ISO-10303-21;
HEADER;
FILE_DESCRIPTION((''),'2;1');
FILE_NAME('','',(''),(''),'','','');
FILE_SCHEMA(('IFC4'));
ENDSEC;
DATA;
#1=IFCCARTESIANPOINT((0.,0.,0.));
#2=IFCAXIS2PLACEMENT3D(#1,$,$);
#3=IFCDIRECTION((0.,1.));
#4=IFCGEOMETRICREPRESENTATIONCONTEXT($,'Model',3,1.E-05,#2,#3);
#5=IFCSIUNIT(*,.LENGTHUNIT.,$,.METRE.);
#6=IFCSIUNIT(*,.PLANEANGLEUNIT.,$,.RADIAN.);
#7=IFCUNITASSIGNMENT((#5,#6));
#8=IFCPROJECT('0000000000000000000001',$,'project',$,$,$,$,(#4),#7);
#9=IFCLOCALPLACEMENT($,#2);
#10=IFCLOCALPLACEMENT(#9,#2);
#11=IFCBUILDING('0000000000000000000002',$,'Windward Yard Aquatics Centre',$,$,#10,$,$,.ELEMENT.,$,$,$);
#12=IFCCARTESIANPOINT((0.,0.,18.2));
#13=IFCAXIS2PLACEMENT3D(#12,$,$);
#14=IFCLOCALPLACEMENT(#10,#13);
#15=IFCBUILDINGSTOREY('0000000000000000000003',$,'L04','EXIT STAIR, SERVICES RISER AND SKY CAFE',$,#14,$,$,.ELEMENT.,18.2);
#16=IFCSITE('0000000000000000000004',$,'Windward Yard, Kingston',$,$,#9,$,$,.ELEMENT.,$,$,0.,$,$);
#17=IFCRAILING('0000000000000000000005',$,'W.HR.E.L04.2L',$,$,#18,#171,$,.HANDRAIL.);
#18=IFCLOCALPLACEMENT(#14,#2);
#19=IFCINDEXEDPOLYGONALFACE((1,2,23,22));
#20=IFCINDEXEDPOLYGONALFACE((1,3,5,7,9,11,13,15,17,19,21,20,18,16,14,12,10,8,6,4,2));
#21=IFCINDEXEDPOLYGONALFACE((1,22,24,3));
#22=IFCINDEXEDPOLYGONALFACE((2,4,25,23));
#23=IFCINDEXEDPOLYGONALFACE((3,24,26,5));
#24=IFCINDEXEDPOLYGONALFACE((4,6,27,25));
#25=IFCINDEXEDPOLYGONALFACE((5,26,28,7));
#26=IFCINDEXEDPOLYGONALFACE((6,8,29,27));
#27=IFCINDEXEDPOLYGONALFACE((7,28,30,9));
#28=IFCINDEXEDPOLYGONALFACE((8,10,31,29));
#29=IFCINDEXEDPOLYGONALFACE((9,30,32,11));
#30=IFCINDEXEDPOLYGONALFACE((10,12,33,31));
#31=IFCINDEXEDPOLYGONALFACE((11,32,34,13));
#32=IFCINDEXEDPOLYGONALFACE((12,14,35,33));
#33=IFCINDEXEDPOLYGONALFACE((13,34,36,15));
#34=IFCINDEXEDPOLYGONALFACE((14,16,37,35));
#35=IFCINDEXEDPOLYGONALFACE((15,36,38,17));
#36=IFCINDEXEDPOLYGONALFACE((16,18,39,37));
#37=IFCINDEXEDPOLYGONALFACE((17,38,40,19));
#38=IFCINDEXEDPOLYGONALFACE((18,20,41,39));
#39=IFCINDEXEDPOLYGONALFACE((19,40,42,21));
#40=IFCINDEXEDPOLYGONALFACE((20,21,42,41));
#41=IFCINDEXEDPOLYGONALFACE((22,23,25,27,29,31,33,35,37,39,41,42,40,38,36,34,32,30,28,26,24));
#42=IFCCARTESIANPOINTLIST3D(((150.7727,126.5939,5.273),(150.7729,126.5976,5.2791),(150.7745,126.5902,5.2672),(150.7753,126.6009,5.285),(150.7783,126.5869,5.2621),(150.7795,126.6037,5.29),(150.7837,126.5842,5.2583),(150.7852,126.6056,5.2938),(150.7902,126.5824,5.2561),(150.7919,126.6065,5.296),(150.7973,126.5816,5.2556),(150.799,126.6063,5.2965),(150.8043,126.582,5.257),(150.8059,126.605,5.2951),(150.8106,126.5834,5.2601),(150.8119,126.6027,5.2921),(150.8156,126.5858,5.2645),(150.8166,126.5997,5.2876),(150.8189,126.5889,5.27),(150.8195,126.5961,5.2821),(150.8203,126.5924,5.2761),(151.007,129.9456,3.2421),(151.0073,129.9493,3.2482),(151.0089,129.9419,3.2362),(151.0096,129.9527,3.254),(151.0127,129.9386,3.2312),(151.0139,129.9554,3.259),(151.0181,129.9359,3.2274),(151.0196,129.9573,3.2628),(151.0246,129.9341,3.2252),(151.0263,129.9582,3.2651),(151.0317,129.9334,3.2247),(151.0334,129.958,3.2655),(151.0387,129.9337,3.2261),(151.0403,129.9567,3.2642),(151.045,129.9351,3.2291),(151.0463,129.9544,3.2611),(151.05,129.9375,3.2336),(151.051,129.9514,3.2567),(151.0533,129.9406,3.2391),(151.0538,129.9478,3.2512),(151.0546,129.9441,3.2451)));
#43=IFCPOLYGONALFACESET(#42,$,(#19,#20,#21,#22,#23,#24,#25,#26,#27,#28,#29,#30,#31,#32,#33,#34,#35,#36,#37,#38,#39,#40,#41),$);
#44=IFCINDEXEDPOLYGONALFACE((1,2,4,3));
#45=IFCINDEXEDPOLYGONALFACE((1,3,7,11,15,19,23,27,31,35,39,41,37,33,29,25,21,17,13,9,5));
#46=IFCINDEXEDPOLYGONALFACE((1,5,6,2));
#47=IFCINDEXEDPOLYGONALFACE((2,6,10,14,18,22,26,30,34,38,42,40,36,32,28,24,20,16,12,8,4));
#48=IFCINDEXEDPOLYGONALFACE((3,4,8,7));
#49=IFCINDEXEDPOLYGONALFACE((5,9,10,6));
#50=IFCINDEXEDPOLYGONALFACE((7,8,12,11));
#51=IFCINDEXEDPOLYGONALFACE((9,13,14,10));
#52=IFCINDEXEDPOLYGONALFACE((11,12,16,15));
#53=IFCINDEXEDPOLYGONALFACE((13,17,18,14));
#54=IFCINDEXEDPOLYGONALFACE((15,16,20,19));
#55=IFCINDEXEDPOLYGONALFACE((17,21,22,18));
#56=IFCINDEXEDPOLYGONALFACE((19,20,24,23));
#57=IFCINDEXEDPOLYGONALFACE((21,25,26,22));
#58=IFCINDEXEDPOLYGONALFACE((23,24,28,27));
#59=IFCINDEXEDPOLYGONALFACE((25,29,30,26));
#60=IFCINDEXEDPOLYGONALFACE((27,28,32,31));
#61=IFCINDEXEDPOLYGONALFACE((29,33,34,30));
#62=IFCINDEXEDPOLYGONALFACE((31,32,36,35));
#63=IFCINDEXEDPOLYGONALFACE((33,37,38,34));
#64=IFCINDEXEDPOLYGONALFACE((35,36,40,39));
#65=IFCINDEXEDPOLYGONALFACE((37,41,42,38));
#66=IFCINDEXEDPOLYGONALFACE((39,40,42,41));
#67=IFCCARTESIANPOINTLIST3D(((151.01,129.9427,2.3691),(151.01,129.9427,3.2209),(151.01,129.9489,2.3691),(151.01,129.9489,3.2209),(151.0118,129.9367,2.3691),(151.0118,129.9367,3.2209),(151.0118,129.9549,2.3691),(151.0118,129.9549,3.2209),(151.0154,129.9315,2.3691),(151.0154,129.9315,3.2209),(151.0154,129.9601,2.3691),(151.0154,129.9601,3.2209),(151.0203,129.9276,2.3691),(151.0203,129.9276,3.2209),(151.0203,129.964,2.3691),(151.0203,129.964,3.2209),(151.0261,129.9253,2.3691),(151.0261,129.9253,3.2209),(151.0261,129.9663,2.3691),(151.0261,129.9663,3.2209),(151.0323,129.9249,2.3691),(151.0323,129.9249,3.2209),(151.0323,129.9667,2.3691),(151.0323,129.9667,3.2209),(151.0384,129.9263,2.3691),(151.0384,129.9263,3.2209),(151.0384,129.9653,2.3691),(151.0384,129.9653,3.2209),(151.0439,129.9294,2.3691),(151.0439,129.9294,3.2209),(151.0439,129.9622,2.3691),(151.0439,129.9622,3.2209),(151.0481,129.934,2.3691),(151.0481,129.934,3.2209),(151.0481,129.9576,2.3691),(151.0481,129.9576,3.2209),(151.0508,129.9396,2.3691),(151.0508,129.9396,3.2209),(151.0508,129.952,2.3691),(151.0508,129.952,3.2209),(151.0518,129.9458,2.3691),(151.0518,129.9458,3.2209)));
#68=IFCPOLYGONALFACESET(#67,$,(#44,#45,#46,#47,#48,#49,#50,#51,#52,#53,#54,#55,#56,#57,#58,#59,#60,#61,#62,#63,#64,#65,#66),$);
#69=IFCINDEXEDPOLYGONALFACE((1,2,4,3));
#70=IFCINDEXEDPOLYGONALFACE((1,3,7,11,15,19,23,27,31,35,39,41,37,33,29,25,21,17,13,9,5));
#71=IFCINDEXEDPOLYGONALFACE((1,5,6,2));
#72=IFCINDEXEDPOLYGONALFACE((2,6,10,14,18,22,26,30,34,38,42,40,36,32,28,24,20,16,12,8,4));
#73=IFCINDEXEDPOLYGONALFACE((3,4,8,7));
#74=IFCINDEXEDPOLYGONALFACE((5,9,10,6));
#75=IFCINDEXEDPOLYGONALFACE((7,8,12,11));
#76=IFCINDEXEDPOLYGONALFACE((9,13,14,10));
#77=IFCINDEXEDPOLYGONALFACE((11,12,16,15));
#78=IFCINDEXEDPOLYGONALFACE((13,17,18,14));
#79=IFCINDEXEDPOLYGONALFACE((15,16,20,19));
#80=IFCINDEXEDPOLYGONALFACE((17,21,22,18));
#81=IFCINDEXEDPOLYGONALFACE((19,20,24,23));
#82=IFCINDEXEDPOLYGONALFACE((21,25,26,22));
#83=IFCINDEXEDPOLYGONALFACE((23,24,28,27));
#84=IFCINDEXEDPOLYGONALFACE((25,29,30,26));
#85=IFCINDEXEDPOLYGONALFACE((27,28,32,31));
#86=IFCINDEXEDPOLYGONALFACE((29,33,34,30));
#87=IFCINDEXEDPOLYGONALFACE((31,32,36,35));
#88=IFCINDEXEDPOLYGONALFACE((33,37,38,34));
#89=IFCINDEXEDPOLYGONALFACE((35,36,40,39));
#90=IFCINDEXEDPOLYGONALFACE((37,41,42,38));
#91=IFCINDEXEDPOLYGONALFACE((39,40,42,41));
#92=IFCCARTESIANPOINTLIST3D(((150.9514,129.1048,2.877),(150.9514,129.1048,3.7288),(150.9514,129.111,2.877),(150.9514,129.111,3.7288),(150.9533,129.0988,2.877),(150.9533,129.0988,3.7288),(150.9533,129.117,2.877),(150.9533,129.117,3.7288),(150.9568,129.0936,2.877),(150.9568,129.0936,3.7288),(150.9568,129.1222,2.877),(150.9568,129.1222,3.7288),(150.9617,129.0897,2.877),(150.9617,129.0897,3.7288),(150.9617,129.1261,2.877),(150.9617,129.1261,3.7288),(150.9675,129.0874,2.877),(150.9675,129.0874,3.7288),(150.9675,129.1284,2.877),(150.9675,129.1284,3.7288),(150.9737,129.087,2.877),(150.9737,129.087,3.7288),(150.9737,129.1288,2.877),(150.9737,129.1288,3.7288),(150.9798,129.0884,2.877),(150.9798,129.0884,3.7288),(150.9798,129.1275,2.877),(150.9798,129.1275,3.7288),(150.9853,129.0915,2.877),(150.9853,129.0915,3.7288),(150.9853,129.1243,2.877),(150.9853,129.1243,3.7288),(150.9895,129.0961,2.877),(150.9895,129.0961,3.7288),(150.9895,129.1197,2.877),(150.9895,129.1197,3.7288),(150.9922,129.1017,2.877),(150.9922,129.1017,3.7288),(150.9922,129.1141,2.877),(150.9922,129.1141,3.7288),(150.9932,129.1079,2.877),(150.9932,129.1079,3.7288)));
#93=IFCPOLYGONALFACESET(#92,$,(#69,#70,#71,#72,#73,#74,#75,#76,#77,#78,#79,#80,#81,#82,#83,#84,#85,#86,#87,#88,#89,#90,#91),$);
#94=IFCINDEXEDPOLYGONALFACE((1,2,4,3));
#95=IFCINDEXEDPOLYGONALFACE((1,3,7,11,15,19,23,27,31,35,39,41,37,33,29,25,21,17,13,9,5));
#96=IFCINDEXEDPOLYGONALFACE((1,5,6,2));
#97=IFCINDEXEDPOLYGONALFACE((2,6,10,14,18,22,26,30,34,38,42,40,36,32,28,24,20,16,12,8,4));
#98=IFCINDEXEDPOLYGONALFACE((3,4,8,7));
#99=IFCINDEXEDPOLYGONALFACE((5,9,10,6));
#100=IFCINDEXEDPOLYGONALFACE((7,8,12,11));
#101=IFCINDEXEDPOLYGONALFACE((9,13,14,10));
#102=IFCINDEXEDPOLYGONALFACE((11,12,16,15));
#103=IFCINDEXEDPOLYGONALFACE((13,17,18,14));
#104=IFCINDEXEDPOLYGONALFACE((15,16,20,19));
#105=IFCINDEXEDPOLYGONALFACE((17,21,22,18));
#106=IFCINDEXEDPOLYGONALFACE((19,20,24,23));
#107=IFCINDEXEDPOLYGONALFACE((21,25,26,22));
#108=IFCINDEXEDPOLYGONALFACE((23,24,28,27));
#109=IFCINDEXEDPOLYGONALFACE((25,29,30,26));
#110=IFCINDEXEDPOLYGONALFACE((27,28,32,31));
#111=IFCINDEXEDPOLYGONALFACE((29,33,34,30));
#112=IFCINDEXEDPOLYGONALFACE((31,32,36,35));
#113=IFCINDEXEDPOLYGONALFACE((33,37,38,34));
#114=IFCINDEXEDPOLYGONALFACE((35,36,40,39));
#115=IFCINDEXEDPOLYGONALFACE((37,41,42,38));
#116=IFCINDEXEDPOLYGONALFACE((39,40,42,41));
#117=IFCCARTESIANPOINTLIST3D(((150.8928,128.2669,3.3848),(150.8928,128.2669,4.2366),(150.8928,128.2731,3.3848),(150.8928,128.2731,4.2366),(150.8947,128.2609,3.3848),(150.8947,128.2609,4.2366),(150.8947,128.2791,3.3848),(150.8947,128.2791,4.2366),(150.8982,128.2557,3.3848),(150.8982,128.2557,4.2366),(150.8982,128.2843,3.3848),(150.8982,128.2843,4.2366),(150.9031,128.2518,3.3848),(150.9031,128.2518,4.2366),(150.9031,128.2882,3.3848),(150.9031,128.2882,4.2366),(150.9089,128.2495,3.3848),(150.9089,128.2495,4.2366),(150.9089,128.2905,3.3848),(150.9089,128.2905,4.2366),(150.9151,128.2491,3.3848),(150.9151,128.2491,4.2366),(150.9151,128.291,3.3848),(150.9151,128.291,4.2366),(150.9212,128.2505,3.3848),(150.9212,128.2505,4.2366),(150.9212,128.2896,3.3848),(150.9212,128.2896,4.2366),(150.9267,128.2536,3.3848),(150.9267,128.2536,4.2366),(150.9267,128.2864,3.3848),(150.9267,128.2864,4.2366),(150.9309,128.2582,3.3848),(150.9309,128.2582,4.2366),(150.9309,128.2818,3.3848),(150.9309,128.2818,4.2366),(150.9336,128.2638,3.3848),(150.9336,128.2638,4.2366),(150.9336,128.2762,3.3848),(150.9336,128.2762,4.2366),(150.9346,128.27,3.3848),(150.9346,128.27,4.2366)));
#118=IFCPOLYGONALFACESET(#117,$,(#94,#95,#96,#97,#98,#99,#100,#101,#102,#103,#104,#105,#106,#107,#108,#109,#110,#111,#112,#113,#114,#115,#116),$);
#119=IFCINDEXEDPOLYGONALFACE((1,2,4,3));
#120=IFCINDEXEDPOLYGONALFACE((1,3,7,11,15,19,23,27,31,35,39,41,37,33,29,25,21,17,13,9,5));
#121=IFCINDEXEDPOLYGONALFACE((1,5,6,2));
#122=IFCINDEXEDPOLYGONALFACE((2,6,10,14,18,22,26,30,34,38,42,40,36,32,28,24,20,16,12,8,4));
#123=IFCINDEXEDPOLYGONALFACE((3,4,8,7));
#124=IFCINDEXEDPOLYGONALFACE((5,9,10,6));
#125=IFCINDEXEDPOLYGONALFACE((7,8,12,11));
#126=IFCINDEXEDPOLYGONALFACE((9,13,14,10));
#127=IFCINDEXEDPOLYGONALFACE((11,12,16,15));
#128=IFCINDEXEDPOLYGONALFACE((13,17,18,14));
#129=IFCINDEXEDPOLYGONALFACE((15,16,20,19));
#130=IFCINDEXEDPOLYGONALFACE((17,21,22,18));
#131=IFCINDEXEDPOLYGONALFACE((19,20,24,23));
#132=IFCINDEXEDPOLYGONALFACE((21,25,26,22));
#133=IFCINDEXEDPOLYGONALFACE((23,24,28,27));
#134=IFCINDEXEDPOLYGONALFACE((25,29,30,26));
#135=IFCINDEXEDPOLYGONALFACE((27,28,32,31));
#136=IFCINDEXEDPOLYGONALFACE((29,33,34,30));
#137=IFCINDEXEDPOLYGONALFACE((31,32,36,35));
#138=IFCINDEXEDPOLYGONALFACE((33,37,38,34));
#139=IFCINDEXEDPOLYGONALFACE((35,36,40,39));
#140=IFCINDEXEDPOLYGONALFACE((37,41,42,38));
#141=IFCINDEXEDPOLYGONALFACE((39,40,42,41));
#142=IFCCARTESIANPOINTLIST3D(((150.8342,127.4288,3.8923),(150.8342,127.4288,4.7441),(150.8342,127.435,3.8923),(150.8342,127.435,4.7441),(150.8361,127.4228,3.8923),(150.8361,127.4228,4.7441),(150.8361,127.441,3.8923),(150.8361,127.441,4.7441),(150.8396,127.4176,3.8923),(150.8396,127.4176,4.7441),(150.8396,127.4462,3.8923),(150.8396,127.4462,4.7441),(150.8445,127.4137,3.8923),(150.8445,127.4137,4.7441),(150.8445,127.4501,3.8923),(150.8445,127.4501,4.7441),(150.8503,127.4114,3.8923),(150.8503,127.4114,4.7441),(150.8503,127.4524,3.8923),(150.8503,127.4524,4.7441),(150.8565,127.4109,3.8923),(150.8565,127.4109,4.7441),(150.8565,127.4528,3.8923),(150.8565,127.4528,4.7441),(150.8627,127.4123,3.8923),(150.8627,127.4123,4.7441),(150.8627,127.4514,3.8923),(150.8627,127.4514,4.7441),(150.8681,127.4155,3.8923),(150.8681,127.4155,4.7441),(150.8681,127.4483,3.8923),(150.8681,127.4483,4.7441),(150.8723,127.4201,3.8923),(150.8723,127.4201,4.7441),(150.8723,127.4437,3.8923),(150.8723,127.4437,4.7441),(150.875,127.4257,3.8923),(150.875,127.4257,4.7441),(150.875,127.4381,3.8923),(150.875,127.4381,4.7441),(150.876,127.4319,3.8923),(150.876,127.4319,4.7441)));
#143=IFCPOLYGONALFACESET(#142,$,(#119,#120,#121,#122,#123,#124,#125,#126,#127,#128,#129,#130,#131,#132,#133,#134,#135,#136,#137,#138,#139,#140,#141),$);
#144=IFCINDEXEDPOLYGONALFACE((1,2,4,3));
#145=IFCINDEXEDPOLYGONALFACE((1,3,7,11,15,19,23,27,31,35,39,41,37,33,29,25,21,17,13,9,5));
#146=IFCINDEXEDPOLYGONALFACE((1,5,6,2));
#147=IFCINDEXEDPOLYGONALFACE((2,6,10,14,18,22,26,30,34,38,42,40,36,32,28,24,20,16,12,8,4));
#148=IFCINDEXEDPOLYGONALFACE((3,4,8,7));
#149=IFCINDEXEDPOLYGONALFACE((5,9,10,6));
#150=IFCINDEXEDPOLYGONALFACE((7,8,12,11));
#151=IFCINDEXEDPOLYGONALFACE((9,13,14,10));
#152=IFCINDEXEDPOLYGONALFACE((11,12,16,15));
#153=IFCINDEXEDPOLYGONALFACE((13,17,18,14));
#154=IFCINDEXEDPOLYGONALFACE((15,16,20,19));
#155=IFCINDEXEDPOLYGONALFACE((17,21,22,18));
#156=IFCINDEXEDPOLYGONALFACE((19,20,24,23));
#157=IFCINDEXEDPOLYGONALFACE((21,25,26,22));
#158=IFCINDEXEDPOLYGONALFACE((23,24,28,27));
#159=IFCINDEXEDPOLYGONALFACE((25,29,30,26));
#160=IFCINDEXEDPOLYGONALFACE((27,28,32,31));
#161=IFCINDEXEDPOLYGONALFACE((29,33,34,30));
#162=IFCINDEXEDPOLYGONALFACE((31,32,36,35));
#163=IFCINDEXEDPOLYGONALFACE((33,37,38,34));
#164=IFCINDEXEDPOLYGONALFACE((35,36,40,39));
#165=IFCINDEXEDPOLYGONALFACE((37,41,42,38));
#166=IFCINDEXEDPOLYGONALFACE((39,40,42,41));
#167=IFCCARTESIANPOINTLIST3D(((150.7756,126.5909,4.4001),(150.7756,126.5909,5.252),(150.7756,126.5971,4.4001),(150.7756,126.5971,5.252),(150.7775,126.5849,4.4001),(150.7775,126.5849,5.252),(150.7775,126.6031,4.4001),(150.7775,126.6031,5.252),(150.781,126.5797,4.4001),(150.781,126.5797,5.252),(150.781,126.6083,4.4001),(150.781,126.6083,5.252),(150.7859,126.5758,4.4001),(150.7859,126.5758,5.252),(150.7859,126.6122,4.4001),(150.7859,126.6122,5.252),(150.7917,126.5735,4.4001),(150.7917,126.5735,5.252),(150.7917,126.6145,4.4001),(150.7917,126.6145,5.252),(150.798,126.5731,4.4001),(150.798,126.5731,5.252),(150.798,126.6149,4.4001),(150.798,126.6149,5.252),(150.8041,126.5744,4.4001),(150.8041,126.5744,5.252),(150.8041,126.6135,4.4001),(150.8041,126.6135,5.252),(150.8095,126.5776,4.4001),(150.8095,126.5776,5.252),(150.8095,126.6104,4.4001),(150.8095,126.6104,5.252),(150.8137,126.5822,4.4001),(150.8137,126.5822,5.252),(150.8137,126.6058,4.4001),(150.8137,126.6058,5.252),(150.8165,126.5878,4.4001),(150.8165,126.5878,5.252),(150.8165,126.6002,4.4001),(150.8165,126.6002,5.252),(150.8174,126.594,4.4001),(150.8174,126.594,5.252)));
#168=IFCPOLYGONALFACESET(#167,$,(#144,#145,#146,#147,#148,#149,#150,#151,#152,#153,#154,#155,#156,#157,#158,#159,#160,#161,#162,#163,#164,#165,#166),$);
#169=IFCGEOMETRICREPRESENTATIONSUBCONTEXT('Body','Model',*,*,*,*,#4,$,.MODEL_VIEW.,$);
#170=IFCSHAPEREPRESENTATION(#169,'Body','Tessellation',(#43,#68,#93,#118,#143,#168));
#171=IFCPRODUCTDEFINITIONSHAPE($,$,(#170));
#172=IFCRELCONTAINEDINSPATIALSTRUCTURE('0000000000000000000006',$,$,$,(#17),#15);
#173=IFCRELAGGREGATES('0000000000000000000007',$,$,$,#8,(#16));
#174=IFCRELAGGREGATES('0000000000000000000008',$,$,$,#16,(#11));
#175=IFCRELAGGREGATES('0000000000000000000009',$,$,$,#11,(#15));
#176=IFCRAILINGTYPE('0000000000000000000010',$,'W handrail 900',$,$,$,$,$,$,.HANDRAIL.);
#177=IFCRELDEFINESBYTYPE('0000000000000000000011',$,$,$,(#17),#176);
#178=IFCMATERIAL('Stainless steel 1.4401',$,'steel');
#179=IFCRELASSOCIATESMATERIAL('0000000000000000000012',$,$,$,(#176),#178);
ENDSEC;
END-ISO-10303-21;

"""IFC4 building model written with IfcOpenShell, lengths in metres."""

from ifc_helpers import new_model, si_unit, direction, frame, origin, origin_2d, place, context, subcontext, project, spatial, circle, extrude, material, type_object, element, save


model = new_model("IFC4")

# Units and contexts
model_context = context("Model", 3, precision=1e-05, world=origin(), true_north=direction((0.0, 1.0)))
body_context = subcontext(model_context, "Body", "Model", "MODEL_VIEW")
ifc_project = project(units=[si_unit("LENGTHUNIT", "METRE"), si_unit("PLANEANGLEUNIT", "RADIAN")], contexts=[model_context])

# Site, building, storey
site_placement = place(None, origin())
site = spatial("IfcSite", under=ifc_project, at=site_placement, Name="Windward Yard, Kingston", CompositionType="ELEMENT", RefElevation=0.0)
building_placement = place(site_placement, origin())
building = spatial("IfcBuilding", under=site, at=building_placement, Name="Windward Yard Aquatics Centre", CompositionType="ELEMENT")
storey_placement = place(building_placement, frame((0.0, 0.0, 18.2)))
storey = spatial("IfcBuildingStorey", under=building, at=storey_placement, Name="L04", Description="EXIT STAIR, SERVICES RISER AND SKY CAFE", CompositionType="ELEMENT", Elevation=18.2)

# Railing
ifc_material_1 = material(Name="Stainless steel 1.4401", Category="steel")
railing_type_1 = type_object("IfcRailingType", Name="W handrail 900", PredefinedType="HANDRAIL", material=ifc_material_1)
railing_1_placement = place(storey_placement, frame((151.0308, 129.9458, 2.3691)))
element("IfcRailing", 1, at=railing_1_placement, inside=storey, type_object=railing_type_1, Name="W.HR.E.L04.2L", PredefinedType="HANDRAIL", context=body_context, shape_type="SweptSolid", body=[
    extrude(circle(Radius=0.0239, at=origin_2d()), frame((0.0, 0.0, 0.876), z_axis=(-0.059696, -0.853717, 0.517304), x_axis=(0.997564, -0.069755, 0.0)), (0.0, 0.0, 1.0), 3.926),
    extrude(circle(Radius=0.021, at=origin_2d()), origin(), (0.0, 0.0, 1.0), 0.8518),
    extrude(circle(Radius=0.021, at=origin_2d()), frame((-0.0586, -0.8379, 0.5078)), (0.0, 0.0, 1.0), 0.8518),
    extrude(circle(Radius=0.021, at=origin_2d()), frame((-0.1172, -1.6758, 1.0156)), (0.0, 0.0, 1.0), 0.8518),
    extrude(circle(Radius=0.021, at=origin_2d()), frame((-0.1758, -2.5139, 1.5232)), (0.0, 0.0, 1.0), 0.8518),
    extrude(circle(Radius=0.021, at=origin_2d()), frame((-0.2344, -3.3518, 2.031)), (0.0, 0.0, 1.0), 0.8518),
])

save(model, "model.ifc")
